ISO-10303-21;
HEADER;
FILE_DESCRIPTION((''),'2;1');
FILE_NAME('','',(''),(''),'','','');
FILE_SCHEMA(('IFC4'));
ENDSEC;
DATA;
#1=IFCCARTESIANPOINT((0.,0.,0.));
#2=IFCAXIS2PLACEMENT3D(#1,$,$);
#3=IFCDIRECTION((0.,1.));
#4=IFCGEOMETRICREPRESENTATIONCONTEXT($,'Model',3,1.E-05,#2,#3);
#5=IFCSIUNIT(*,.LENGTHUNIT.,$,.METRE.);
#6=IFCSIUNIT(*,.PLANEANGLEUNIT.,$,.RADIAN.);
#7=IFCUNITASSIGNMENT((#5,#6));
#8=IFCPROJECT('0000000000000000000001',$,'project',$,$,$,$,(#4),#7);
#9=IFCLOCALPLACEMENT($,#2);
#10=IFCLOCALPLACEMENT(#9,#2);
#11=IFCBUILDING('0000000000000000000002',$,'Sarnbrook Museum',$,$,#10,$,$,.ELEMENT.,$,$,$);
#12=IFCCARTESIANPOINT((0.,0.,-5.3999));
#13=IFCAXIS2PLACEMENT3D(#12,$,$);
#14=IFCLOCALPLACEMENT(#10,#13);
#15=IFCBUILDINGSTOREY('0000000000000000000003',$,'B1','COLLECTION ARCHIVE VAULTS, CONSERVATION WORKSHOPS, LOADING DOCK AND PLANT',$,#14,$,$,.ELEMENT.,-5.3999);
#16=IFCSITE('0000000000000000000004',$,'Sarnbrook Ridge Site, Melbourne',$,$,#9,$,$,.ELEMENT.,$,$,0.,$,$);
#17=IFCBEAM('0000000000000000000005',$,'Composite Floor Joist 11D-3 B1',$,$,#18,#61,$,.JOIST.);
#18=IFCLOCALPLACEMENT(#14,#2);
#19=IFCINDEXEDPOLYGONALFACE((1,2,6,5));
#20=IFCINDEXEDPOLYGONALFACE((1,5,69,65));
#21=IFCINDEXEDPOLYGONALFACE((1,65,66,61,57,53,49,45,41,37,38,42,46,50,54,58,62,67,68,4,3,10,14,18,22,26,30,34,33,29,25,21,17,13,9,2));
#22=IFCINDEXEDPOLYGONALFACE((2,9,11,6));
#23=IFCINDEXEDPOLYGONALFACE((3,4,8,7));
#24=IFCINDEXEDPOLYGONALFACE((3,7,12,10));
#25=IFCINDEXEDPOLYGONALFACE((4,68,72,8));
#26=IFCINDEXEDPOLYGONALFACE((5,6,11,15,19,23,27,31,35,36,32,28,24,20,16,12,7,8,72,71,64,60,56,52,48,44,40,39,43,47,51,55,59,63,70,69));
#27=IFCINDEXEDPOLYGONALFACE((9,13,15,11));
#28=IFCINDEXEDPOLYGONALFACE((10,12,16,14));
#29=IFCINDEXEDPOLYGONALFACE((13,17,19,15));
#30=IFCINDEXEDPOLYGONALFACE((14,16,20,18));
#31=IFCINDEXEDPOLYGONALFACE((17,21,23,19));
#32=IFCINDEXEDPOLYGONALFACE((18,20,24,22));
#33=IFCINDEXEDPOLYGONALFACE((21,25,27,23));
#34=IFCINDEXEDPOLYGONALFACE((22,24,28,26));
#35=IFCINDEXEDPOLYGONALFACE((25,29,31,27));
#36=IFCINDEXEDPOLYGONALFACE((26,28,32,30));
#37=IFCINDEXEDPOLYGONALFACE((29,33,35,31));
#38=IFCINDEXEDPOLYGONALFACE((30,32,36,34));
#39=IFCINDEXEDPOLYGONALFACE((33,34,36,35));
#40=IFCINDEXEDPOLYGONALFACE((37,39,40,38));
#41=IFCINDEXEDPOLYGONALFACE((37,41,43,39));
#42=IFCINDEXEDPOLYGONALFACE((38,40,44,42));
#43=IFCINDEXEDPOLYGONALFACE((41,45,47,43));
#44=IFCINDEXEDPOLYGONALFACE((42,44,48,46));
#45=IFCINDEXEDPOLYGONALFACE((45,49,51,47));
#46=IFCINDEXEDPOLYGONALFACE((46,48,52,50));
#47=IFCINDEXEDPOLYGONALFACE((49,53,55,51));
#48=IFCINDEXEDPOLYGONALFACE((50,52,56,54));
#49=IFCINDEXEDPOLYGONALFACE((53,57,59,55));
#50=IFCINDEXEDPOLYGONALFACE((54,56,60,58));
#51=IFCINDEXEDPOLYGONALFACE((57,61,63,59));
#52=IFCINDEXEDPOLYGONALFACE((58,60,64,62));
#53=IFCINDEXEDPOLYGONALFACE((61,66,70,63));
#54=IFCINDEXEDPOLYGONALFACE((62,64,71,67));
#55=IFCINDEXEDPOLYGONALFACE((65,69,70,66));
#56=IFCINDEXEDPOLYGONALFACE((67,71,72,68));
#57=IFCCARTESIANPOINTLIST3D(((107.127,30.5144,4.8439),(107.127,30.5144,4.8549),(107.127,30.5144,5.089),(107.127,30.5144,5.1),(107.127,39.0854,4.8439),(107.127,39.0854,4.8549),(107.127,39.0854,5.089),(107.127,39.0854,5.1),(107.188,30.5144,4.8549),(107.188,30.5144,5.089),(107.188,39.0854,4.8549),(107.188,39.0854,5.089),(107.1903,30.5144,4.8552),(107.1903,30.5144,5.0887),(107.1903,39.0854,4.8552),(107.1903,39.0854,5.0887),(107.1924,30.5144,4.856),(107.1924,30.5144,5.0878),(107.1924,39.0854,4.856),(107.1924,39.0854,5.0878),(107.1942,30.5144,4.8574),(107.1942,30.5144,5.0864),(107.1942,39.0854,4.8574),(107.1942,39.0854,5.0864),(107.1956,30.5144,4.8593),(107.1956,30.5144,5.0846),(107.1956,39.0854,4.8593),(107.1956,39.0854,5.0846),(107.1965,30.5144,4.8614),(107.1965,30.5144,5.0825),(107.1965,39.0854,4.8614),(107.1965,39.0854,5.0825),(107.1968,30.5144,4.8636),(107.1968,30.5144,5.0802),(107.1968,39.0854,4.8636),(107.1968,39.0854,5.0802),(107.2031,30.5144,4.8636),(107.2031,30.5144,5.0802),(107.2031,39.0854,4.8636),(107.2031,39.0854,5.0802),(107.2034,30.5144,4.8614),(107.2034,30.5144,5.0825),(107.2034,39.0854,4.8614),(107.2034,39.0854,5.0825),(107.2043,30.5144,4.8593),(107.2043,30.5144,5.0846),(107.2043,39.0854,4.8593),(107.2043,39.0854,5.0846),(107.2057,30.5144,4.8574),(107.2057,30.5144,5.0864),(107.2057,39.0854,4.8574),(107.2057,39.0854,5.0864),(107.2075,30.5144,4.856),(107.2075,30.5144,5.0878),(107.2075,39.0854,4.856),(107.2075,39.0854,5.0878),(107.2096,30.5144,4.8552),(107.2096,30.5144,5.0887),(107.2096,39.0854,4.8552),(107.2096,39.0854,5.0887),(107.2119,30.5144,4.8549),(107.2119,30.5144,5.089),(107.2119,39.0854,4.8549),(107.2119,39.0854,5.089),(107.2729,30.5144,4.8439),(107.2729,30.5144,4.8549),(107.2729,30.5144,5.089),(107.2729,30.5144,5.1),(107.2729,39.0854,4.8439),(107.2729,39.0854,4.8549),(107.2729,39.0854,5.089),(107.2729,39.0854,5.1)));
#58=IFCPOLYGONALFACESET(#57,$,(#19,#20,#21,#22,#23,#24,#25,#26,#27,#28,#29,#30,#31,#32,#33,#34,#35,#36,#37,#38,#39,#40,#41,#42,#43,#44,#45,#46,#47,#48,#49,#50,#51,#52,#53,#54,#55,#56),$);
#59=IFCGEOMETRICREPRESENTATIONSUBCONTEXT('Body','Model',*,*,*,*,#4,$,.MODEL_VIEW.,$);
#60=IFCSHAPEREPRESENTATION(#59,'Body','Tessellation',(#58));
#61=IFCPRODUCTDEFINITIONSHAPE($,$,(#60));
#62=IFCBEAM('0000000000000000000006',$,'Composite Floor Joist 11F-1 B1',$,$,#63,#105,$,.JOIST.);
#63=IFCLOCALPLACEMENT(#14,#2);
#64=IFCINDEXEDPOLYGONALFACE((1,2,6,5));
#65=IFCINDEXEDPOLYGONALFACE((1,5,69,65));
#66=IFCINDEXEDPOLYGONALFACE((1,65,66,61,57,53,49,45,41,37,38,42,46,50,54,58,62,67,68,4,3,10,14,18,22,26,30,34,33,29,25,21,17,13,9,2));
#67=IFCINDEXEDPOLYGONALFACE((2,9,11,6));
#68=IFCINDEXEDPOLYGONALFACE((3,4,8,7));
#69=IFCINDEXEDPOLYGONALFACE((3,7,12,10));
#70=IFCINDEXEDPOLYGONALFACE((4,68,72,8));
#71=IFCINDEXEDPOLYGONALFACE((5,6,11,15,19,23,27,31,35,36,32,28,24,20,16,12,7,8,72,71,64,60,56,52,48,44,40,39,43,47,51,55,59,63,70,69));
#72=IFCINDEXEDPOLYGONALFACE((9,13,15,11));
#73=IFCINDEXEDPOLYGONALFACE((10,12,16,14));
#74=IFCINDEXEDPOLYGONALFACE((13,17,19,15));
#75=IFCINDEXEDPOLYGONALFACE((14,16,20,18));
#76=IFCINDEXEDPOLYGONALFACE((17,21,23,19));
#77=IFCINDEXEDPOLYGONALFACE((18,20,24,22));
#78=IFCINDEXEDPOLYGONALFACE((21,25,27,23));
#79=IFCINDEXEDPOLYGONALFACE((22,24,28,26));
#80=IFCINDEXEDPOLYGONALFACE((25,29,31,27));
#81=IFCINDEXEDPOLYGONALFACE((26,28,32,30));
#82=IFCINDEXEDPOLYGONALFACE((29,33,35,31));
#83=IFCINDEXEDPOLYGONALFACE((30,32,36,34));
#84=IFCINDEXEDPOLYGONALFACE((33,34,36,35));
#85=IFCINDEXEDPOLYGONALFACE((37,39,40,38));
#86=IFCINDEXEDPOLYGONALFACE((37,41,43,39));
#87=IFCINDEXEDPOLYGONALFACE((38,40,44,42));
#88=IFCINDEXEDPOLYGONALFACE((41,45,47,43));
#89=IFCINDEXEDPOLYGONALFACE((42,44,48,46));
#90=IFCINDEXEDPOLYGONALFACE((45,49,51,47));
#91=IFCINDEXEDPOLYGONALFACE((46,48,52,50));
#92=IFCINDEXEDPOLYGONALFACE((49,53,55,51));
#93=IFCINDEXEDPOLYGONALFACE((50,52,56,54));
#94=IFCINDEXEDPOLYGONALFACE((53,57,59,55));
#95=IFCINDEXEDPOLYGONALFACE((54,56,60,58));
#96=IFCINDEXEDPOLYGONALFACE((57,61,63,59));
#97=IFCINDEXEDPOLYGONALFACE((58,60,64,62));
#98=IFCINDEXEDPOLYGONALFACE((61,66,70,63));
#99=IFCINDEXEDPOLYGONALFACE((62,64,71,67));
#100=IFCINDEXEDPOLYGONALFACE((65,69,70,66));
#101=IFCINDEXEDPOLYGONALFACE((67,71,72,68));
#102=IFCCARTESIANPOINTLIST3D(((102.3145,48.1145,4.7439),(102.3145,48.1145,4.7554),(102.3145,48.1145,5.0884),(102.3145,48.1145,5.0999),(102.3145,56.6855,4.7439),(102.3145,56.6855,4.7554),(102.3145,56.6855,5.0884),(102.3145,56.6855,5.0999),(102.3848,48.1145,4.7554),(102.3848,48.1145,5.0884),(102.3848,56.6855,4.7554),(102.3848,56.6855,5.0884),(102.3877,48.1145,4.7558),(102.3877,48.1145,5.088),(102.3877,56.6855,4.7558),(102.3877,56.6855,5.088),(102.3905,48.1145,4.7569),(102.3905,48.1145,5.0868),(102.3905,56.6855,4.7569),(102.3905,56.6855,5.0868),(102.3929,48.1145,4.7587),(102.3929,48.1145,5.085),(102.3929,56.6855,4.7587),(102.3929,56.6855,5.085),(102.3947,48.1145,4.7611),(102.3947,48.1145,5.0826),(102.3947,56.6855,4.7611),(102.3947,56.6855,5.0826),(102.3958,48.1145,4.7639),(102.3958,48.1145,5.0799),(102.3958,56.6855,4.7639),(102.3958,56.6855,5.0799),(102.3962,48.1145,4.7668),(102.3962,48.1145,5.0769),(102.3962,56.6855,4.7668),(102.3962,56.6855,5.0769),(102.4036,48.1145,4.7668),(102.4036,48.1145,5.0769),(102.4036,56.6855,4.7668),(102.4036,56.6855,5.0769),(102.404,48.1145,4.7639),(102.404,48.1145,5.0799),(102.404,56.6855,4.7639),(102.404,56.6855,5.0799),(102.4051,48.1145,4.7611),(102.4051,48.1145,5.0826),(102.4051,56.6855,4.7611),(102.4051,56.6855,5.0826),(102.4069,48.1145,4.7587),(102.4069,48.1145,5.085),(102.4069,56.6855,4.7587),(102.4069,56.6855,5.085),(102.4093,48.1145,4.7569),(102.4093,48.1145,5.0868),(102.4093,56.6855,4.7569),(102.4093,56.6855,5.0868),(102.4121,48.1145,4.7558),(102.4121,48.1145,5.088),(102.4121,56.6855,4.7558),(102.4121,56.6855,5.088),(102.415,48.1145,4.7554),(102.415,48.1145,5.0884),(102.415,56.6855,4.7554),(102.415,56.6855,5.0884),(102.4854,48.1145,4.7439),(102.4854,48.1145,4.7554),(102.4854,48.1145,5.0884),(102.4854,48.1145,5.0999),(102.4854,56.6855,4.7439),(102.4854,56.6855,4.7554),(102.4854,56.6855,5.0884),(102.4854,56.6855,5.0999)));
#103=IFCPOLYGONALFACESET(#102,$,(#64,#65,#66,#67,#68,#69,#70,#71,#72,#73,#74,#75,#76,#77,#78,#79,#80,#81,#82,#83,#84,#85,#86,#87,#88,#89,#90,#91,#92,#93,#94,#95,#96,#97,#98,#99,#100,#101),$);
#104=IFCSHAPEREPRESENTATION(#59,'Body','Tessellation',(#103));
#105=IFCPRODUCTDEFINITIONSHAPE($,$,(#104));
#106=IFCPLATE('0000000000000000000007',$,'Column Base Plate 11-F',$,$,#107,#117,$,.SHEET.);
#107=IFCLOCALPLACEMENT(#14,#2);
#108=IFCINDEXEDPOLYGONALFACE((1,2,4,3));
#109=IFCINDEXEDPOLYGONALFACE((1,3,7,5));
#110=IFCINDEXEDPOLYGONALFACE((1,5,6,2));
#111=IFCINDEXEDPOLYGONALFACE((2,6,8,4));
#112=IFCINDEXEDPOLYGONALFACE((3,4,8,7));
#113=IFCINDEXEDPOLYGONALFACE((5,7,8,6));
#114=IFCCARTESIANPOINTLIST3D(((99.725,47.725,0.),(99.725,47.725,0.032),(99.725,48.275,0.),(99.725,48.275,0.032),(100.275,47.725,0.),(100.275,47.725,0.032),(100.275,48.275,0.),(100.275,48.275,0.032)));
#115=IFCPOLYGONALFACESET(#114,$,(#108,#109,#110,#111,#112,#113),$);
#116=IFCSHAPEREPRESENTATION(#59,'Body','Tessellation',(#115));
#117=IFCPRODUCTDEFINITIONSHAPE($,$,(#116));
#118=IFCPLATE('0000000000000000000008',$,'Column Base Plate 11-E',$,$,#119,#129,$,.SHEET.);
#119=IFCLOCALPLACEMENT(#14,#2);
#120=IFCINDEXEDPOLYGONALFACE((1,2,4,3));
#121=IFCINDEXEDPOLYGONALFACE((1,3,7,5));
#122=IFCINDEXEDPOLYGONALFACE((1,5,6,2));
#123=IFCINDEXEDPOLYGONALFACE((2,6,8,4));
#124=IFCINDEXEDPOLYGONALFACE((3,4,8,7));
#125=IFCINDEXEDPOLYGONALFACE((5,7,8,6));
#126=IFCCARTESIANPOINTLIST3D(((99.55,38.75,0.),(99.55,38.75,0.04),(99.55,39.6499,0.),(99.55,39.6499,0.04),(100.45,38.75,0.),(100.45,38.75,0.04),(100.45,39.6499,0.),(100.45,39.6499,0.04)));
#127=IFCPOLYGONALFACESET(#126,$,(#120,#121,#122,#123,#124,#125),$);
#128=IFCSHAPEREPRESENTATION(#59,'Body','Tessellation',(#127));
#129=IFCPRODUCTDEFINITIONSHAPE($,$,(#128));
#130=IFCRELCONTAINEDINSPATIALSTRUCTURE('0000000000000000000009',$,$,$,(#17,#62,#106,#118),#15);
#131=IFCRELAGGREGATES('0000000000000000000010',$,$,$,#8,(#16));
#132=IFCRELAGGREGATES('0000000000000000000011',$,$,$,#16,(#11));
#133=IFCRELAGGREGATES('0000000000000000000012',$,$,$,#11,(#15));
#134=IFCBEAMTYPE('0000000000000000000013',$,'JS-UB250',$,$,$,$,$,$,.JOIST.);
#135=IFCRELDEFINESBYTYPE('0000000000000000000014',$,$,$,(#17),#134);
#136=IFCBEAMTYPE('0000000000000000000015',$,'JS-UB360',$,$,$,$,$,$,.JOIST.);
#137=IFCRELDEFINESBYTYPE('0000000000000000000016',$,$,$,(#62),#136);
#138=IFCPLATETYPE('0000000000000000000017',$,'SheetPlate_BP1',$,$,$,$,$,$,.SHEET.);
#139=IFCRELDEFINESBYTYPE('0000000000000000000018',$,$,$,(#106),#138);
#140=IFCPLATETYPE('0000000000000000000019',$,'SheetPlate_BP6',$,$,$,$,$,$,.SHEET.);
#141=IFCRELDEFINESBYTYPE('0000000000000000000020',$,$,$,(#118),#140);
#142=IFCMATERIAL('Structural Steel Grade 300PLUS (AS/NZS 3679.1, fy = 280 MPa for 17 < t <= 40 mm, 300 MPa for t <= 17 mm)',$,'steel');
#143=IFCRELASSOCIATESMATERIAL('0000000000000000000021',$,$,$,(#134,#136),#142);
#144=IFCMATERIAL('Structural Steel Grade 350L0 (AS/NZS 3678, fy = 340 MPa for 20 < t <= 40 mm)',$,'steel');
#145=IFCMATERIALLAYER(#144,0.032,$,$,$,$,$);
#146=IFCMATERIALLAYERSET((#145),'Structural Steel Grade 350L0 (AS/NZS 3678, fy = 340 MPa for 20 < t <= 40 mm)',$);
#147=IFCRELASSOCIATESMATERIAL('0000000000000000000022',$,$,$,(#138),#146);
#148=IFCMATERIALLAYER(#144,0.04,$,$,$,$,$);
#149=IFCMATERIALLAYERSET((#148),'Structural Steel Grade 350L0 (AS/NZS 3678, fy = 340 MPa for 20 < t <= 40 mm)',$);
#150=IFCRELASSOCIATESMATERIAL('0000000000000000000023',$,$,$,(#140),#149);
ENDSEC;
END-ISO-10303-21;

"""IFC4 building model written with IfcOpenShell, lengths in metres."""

from ifc_helpers import new_model, si_unit, direction, frame, origin, origin_2d, place, context, subcontext, project, spatial, rectangle, i_section, extrude, material, layer, layer_set, material_profile, profile_set, type_object, element, save


model = new_model("IFC4")

# Units and contexts
model_context = context("Model", 3, precision=1e-05, world=origin(), true_north=direction((0.0, 1.0)))
body_context = subcontext(model_context, "Body", "Model", "MODEL_VIEW")
ifc_project = project(units=[si_unit("LENGTHUNIT", "METRE"), si_unit("PLANEANGLEUNIT", "RADIAN")], contexts=[model_context])

# Site, building, storey
site_placement = place(None, origin())
site = spatial("IfcSite", under=ifc_project, at=site_placement, Name="Sarnbrook Ridge Site, Melbourne", CompositionType="ELEMENT", RefElevation=0.0)
building_placement = place(site_placement, origin())
building = spatial("IfcBuilding", under=site, at=building_placement, Name="Sarnbrook Museum", CompositionType="ELEMENT")
storey_placement = place(building_placement, frame((0.0, 0.0, -5.3999)))
storey = spatial("IfcBuildingStorey", under=building, at=storey_placement, Name="B1", Description="COLLECTION ARCHIVE VAULTS, CONSERVATION WORKSHOPS, LOADING DOCK AND PLANT", CompositionType="ELEMENT", Elevation=-5.3999)

# Shared definitions
ifc_material_1 = material(Name="Structural Steel Grade 350L0 (AS/NZS 3678, fy = 340 MPa for 20 < t <= 40 mm)", Category="steel")

# Beams
ifc_material_2 = material(Name="Structural Steel Grade 300PLUS (AS/NZS 3679.1, fy = 280 MPa for 17 < t <= 40 mm, 300 MPa for t <= 17 mm)", Category="steel")
ifc_material_profile_1 = material_profile(ifc_material_2, i_section(OverallWidth=0.146, OverallDepth=0.2561, WebThickness=0.0063, FlangeThickness=0.011, FilletRadius=0.0088, at=origin_2d()), Name="250UB37.3")
ifc_profile_set_1 = profile_set([ifc_material_profile_1], Name="Structural Steel Grade 300PLUS (AS/NZS 3679.1, fy = 280 MPa for 17 < t <= 40 mm, 300 MPa for t <= 17 mm)")
beam_type_1 = type_object("IfcBeamType", Name="JS-UB250", PredefinedType="JOIST", material=ifc_profile_set_1)
for number, where, z_axis, x_axis, name in (
    (1, (107.2, 30.5144, 4.9719), (0.0, 1.0, 0.0), (-1.0, 0.0, 0.0), "Composite Floor Joist 11D-3 B1"),
):
    element("IfcBeam", number, at=place(storey_placement, frame(where, z_axis=z_axis, x_axis=x_axis)), inside=storey, type_object=beam_type_1, Name=name, PredefinedType="JOIST", context=body_context, shape_type="SweptSolid", body=[
        extrude(i_section(OverallWidth=0.146, OverallDepth=0.2561, WebThickness=0.0063, FlangeThickness=0.011, FilletRadius=0.0088, at=origin_2d()), origin(), (0.0, 0.0, 1.0), 8.571),
    ])
ifc_material_profile_2 = material_profile(ifc_material_2, i_section(OverallWidth=0.1709, OverallDepth=0.356, WebThickness=0.0073, FlangeThickness=0.0115, FilletRadius=0.0115, at=origin_2d()), Name="360UB50.7")
ifc_profile_set_2 = profile_set([ifc_material_profile_2], Name="Structural Steel Grade 300PLUS (AS/NZS 3679.1, fy = 280 MPa for 17 < t <= 40 mm, 300 MPa for t <= 17 mm)")
beam_type_2 = type_object("IfcBeamType", Name="JS-UB360", PredefinedType="JOIST", material=ifc_profile_set_2)
beam_1_placement = place(storey_placement, frame((102.3999, 48.1145, 4.9219), z_axis=(0.0, 1.0, 0.0), x_axis=(-1.0, 0.0, 0.0)))
element("IfcBeam", 2, at=beam_1_placement, inside=storey, type_object=beam_type_2, Name="Composite Floor Joist 11F-1 B1", PredefinedType="JOIST", context=body_context, shape_type="SweptSolid", body=[
    extrude(i_section(OverallWidth=0.1709, OverallDepth=0.356, WebThickness=0.0073, FlangeThickness=0.0115, FilletRadius=0.0115, at=origin_2d()), origin(), (0.0, 0.0, 1.0), 8.571),
])

# Plates
ifc_layer_1 = layer(ifc_material_1, 0.032)
ifc_layer_set_1 = layer_set([ifc_layer_1], Name="Structural Steel Grade 350L0 (AS/NZS 3678, fy = 340 MPa for 20 < t <= 40 mm)")
plate_type_1 = type_object("IfcPlateType", Name="SheetPlate_BP1", PredefinedType="SHEET", material=ifc_layer_set_1)
plate_1_placement = place(storey_placement, frame((100.0, 48.0, 0.0), z_axis=(0.0, 0.0, 1.0), x_axis=(1.0, 0.0, 0.0)))
element("IfcPlate", 3, at=plate_1_placement, inside=storey, type_object=plate_type_1, Name="Column Base Plate 11-F", PredefinedType="SHEET", context=body_context, shape_type="SweptSolid", body=[
    extrude(rectangle(XDim=0.55, YDim=0.55, at=origin_2d()), origin(), (0.0, 0.0, 1.0), 0.032),
])
ifc_layer_2 = layer(ifc_material_1, 0.04)
ifc_layer_set_2 = layer_set([ifc_layer_2], Name="Structural Steel Grade 350L0 (AS/NZS 3678, fy = 340 MPa for 20 < t <= 40 mm)")
plate_type_2 = type_object("IfcPlateType", Name="SheetPlate_BP6", PredefinedType="SHEET", material=ifc_layer_set_2)
plate_2_placement = place(storey_placement, frame((100.0, 39.2, 0.0), z_axis=(0.0, 0.0, 1.0), x_axis=(1.0, 0.0, 0.0)))
element("IfcPlate", 4, at=plate_2_placement, inside=storey, type_object=plate_type_2, Name="Column Base Plate 11-E", PredefinedType="SHEET", context=body_context, shape_type="SweptSolid", body=[
    extrude(rectangle(XDim=0.8999, YDim=0.8999, at=origin_2d()), origin(), (0.0, 0.0, 1.0), 0.04),
])

save(model, "model.ifc")
